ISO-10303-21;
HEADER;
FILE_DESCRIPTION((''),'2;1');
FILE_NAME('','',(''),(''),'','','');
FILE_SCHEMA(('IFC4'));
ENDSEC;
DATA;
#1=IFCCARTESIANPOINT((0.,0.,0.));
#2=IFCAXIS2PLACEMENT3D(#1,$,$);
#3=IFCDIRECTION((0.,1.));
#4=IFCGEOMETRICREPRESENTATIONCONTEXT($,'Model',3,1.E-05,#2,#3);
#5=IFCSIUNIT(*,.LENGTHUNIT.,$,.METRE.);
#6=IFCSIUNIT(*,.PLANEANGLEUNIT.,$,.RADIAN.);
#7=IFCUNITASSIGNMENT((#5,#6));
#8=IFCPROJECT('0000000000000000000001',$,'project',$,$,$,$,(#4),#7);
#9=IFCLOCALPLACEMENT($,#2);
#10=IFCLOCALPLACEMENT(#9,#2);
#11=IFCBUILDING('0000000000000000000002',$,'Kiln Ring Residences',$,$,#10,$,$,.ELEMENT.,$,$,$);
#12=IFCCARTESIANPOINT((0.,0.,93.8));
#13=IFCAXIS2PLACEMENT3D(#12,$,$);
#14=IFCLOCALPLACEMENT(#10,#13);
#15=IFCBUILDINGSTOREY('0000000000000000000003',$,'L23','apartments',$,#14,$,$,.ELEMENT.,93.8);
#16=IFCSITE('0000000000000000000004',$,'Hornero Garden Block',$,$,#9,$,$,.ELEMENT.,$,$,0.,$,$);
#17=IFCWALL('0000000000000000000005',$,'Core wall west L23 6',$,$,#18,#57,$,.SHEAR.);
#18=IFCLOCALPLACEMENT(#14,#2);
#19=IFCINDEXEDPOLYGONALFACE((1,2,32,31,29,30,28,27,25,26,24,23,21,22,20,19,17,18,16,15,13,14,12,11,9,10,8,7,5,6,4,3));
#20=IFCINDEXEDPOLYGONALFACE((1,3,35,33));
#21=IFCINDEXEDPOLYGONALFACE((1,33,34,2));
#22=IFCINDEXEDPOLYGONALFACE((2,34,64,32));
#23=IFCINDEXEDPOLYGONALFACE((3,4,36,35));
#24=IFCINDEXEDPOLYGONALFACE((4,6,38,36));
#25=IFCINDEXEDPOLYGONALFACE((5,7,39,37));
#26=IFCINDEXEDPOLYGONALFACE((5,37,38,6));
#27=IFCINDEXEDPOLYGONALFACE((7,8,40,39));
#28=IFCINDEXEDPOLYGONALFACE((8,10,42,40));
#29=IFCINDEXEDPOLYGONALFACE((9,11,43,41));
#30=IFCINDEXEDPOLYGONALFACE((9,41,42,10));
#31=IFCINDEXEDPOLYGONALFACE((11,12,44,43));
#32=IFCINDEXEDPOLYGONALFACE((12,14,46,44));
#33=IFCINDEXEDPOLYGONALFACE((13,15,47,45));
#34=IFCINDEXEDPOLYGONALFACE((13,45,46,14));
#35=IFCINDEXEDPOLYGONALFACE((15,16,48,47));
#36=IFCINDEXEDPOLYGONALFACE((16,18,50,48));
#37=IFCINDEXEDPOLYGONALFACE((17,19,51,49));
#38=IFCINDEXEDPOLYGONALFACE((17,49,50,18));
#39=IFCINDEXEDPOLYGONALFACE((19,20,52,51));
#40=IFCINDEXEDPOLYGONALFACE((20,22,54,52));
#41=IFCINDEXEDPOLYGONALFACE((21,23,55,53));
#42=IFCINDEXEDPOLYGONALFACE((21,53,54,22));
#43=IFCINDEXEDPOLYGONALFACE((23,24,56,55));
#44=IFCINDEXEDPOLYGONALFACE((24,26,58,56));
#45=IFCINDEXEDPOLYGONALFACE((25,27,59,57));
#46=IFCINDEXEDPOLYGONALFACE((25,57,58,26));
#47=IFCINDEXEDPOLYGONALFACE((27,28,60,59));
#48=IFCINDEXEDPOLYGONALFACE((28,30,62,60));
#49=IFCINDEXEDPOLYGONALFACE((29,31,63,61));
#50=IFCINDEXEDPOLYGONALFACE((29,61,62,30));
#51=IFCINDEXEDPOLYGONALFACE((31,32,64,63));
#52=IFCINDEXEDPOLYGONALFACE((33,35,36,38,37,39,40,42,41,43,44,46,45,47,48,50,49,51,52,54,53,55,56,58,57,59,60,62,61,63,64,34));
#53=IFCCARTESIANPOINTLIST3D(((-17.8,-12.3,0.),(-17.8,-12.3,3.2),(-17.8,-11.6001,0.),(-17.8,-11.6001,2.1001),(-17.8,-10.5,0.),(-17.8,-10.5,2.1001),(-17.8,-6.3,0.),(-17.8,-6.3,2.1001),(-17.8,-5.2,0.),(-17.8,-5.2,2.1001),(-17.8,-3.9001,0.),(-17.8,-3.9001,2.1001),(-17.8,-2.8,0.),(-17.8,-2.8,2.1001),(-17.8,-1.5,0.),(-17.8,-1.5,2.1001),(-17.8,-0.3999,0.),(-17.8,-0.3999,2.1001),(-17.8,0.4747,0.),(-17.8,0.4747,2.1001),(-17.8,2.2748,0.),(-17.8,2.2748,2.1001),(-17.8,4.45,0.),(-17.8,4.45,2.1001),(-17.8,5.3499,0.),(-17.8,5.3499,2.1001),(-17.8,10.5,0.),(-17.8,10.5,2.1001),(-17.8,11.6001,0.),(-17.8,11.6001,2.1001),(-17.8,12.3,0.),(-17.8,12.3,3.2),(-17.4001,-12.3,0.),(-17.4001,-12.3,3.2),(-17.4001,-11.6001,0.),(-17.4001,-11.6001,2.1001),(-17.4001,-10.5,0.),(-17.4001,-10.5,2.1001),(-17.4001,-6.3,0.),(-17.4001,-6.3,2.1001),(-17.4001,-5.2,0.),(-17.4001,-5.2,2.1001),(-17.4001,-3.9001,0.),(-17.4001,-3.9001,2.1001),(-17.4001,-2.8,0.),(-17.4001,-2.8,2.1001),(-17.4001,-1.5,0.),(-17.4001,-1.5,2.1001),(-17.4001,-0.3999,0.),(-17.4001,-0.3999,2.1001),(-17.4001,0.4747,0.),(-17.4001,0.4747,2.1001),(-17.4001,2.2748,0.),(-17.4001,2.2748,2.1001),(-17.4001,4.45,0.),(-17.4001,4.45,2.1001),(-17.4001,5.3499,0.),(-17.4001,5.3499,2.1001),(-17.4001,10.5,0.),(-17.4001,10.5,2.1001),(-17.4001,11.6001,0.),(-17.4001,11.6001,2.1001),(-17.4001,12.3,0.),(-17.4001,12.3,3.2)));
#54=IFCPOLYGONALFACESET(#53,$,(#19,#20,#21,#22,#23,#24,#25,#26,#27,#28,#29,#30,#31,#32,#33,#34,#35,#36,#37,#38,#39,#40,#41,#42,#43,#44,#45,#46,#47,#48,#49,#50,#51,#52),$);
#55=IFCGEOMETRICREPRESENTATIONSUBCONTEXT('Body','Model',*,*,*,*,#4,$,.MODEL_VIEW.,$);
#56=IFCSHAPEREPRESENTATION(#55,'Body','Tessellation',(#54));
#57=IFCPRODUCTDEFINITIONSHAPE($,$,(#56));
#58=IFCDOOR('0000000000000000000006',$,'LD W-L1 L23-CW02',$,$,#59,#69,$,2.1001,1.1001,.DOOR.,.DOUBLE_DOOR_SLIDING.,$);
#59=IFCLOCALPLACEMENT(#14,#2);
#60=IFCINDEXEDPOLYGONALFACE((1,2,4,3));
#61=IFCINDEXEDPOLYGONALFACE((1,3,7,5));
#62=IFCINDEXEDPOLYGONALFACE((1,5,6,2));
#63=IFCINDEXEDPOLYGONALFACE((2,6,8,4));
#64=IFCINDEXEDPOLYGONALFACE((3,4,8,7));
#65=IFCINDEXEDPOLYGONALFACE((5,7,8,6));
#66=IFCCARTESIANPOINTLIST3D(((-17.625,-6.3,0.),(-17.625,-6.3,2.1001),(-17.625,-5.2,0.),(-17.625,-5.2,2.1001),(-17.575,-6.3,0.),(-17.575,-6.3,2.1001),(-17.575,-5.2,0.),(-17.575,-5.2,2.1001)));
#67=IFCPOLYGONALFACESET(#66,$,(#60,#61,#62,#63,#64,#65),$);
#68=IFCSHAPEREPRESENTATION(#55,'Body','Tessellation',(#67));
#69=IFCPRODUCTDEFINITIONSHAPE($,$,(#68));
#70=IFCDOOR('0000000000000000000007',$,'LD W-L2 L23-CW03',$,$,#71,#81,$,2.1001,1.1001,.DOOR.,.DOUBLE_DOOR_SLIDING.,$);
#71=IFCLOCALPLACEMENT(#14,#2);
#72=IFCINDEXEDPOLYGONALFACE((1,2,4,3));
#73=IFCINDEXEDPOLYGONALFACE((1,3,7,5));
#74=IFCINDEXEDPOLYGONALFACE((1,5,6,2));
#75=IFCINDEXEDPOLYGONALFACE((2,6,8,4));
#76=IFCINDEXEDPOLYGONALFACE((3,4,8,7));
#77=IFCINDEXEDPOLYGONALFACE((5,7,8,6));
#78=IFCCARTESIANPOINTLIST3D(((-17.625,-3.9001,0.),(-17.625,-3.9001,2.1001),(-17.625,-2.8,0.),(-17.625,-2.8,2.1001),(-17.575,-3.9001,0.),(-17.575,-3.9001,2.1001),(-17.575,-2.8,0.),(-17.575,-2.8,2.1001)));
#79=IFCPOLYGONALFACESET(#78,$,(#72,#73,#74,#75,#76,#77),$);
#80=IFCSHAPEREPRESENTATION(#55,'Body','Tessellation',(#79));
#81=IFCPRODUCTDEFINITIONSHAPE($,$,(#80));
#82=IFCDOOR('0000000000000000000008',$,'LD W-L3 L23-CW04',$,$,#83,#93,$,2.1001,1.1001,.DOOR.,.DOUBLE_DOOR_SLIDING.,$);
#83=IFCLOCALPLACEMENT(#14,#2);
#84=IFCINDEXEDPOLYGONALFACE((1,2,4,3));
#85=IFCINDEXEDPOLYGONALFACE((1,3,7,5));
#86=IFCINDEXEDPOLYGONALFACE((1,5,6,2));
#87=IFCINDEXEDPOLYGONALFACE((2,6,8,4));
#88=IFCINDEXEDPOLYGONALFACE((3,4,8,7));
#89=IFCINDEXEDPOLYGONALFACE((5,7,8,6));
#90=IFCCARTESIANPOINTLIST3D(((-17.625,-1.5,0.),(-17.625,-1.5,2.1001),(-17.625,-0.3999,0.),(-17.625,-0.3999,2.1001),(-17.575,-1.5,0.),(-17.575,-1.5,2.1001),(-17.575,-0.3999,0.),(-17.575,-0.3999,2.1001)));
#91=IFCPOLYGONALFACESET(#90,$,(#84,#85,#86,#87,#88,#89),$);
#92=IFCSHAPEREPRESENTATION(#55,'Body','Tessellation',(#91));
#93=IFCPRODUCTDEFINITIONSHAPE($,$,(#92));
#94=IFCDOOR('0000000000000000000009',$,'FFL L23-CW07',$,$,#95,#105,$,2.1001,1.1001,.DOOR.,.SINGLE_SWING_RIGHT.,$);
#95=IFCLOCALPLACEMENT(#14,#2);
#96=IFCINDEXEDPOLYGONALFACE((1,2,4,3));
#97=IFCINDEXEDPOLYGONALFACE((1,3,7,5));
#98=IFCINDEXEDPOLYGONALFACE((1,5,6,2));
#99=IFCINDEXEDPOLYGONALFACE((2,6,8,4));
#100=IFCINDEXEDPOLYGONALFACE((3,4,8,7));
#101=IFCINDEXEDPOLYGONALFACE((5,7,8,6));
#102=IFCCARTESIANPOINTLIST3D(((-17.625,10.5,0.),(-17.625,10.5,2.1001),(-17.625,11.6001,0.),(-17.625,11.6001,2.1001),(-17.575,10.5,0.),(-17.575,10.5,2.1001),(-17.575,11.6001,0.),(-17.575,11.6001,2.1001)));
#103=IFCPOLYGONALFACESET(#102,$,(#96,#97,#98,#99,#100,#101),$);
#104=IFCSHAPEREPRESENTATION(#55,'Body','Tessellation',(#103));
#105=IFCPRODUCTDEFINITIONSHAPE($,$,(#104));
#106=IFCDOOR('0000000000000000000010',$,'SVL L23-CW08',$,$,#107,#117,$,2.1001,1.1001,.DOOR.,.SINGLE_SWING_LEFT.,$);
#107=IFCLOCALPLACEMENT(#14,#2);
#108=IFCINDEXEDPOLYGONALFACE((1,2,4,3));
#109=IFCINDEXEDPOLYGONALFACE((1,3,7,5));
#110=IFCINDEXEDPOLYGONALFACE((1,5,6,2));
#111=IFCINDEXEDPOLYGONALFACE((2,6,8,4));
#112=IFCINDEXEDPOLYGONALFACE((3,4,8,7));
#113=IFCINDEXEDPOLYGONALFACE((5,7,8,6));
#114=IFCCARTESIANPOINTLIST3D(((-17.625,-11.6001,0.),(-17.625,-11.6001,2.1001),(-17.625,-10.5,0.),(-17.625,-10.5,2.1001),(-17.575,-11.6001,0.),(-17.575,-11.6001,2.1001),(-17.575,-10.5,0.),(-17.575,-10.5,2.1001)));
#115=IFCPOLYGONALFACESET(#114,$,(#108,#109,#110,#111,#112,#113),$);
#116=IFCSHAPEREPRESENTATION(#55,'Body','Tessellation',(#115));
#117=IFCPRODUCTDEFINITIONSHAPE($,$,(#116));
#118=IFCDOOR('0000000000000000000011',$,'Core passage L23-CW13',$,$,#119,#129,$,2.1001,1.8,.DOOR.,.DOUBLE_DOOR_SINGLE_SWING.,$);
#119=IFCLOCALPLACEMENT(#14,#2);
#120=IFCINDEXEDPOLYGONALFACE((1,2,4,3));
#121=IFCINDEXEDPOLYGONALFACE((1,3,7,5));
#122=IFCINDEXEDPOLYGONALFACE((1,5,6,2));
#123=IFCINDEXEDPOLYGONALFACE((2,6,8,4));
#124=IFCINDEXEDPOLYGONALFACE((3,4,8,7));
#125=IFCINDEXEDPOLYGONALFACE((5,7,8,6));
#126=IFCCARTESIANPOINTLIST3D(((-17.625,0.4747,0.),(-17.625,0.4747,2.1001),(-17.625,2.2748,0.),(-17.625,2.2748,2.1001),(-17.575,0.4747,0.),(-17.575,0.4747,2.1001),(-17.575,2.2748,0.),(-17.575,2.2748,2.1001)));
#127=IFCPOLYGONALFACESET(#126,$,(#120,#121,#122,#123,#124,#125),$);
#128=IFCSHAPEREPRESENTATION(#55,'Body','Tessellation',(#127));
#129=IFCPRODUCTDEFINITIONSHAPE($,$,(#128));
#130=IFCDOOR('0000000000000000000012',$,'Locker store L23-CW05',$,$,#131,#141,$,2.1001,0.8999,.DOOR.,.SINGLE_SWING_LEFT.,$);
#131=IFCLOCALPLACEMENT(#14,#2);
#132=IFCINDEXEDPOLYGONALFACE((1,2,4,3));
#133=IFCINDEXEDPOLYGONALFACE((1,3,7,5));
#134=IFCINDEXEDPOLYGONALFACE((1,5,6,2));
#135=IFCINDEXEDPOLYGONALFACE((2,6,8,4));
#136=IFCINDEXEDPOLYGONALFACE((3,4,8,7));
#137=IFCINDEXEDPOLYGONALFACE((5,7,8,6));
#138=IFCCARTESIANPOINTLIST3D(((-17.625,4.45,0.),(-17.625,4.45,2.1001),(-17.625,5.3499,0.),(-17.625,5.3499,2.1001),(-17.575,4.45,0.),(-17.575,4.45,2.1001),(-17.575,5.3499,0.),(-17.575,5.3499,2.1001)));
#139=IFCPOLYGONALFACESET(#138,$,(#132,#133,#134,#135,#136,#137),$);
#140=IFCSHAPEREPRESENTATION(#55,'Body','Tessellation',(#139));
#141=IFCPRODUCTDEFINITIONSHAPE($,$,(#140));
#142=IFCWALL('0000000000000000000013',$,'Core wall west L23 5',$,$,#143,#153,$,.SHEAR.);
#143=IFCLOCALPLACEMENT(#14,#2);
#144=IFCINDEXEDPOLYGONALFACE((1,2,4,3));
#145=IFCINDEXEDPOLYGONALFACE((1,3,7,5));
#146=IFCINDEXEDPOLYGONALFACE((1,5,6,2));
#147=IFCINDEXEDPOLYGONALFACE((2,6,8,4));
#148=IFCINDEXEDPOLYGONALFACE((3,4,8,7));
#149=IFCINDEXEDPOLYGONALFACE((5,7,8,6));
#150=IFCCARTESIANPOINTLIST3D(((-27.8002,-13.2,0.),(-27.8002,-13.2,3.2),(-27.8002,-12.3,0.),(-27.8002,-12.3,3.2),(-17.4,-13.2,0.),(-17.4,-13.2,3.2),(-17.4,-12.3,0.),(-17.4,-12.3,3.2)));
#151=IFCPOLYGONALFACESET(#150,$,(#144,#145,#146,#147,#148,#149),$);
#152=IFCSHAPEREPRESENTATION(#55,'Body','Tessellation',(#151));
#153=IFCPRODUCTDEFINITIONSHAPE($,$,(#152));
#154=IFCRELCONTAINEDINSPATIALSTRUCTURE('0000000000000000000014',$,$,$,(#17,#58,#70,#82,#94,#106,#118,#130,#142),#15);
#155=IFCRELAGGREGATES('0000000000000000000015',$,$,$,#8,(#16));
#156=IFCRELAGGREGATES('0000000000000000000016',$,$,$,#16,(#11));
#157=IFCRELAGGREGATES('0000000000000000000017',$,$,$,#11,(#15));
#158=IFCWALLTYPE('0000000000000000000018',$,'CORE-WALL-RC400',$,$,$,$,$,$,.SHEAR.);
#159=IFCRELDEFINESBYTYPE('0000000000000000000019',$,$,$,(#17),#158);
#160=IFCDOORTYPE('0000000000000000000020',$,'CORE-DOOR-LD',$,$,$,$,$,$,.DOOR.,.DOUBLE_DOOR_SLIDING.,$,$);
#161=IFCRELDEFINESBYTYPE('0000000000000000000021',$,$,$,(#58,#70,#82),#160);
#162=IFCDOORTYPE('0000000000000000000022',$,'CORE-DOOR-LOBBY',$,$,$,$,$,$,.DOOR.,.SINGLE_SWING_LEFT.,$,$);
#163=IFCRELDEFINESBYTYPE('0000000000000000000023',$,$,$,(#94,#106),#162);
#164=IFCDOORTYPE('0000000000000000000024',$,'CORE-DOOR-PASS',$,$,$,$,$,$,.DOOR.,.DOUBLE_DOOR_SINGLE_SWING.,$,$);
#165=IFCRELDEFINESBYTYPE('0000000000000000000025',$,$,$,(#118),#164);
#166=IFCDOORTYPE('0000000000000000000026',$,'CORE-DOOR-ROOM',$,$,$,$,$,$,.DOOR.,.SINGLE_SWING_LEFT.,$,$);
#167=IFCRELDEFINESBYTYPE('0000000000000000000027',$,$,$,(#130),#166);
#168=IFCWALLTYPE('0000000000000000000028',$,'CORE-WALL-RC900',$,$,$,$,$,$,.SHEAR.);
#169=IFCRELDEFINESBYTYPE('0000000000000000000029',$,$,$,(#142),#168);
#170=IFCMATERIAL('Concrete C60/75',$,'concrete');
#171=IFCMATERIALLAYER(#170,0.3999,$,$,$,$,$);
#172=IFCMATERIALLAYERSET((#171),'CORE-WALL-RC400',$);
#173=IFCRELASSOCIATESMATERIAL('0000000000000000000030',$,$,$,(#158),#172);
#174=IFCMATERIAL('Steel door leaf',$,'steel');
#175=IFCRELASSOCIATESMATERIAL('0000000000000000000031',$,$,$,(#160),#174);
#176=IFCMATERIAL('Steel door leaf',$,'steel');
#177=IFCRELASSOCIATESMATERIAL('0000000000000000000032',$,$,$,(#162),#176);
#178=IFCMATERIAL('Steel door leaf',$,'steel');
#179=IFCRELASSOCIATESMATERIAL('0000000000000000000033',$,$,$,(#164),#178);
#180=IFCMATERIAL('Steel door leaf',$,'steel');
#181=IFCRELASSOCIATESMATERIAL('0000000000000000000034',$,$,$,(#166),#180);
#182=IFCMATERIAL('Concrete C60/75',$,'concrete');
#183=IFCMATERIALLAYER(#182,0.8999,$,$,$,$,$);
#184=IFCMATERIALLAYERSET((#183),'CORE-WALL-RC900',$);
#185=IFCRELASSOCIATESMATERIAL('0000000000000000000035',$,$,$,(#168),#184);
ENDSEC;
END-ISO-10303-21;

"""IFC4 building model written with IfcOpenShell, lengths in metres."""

from ifc_helpers import new_model, si_unit, direction, frame, frame_2d, origin, place, context, subcontext, project, spatial, rectangle, extrude, material, layer, layer_set, type_object, element, fill, save


model = new_model("IFC4")

# Units and contexts
model_context = context("Model", 3, precision=1e-05, world=origin(), true_north=direction((0.0, 1.0)))
body_context = subcontext(model_context, "Body", "Model", "MODEL_VIEW")
ifc_project = project(units=[si_unit("LENGTHUNIT", "METRE"), si_unit("PLANEANGLEUNIT", "RADIAN")], contexts=[model_context])

# Site, building, storey
site_placement = place(None, origin())
site = spatial("IfcSite", under=ifc_project, at=site_placement, Name="Hornero Garden Block", CompositionType="ELEMENT", RefElevation=0.0)
building_placement = place(site_placement, origin())
building = spatial("IfcBuilding", under=site, at=building_placement, Name="Kiln Ring Residences", CompositionType="ELEMENT")
storey_placement = place(building_placement, frame((0.0, 0.0, 93.8)))
storey = spatial("IfcBuildingStorey", under=building, at=storey_placement, Name="L23", Description="apartments", CompositionType="ELEMENT", Elevation=93.8)

# Wall, openings, doors
ifc_material_1 = material(Name="Concrete C60/75", Category="concrete")
ifc_layer_1 = layer(ifc_material_1, 0.3999)
ifc_layer_set_1 = layer_set([ifc_layer_1], Name="CORE-WALL-RC400")
wall_type_1 = type_object("IfcWallType", Name="CORE-WALL-RC400", PredefinedType="SHEAR", material=ifc_layer_set_1)
wall_1_placement = place(storey_placement, frame((-17.6001, -12.3, 0.0), z_axis=(0.0, 0.0, 1.0), x_axis=(0.0, 1.0, 0.0)))
wall_1 = element("IfcWall", 1, at=wall_1_placement, inside=storey, type_object=wall_type_1, Name="Core wall west L23 6", PredefinedType="SHEAR", context=body_context, shape_type="SweptSolid", body=[
    extrude(rectangle(XDim=24.6001, YDim=0.3999, at=frame_2d((12.3, 0.0))), origin(), (0.0, 0.0, 1.0), 3.2),
])
opening_1_placement = place(wall_1_placement, frame((6.0, 0.0, 0.0)))
opening_1 = element("IfcOpeningElement", 2, at=opening_1_placement, cuts=wall_1, PredefinedType="OPENING", context=body_context, shape_type="SweptSolid", body=[
    extrude(rectangle(XDim=1.1001, YDim=2.1001, at=frame_2d((0.55, 1.05))), frame((0.0, 0.21, 0.0), z_axis=(0.0, -1.0, 0.0), x_axis=(1.0, 0.0, 0.0)), (0.0, 0.0, 1.0), 0.4199),
])
opening_2_placement = place(wall_1_placement, frame((8.3999, 0.0, 0.0)))
opening_2 = element("IfcOpeningElement", 3, at=opening_2_placement, cuts=wall_1, PredefinedType="OPENING", context=body_context, shape_type="SweptSolid", body=[
    extrude(rectangle(XDim=1.1001, YDim=2.1001, at=frame_2d((0.55, 1.05))), frame((0.0, 0.21, 0.0), z_axis=(0.0, -1.0, 0.0), x_axis=(1.0, 0.0, 0.0)), (0.0, 0.0, 1.0), 0.4199),
])
opening_3_placement = place(wall_1_placement, frame((10.8, 0.0, 0.0)))
opening_3 = element("IfcOpeningElement", 4, at=opening_3_placement, cuts=wall_1, PredefinedType="OPENING", context=body_context, shape_type="SweptSolid", body=[
    extrude(rectangle(XDim=1.1001, YDim=2.1001, at=frame_2d((0.55, 1.05))), frame((0.0, 0.21, 0.0), z_axis=(0.0, -1.0, 0.0), x_axis=(1.0, 0.0, 0.0)), (0.0, 0.0, 1.0), 0.4199),
])
opening_4_placement = place(wall_1_placement, frame((16.75, 0.0, 0.0)))
opening_4 = element("IfcOpeningElement", 5, at=opening_4_placement, cuts=wall_1, PredefinedType="OPENING", context=body_context, shape_type="SweptSolid", body=[
    extrude(rectangle(XDim=0.8999, YDim=2.1001, at=frame_2d((0.45, 1.05))), frame((0.0, 0.21, 0.0), z_axis=(0.0, -1.0, 0.0), x_axis=(1.0, 0.0, 0.0)), (0.0, 0.0, 1.0), 0.4199),
])
opening_5_placement = place(wall_1_placement, frame((22.8, 0.0, 0.0)))
opening_5 = element("IfcOpeningElement", 6, at=opening_5_placement, cuts=wall_1, PredefinedType="OPENING", context=body_context, shape_type="SweptSolid", body=[
    extrude(rectangle(XDim=1.1001, YDim=2.1001, at=frame_2d((0.55, 1.05))), frame((0.0, 0.21, 0.0), z_axis=(0.0, -1.0, 0.0), x_axis=(1.0, 0.0, 0.0)), (0.0, 0.0, 1.0), 0.4199),
])
opening_6_placement = place(wall_1_placement, frame((0.7, 0.0, 0.0)))
opening_6 = element("IfcOpeningElement", 7, at=opening_6_placement, cuts=wall_1, PredefinedType="OPENING", context=body_context, shape_type="SweptSolid", body=[
    extrude(rectangle(XDim=1.1001, YDim=2.1001, at=frame_2d((0.55, 1.05))), frame((0.0, 0.21, 0.0), z_axis=(0.0, -1.0, 0.0), x_axis=(1.0, 0.0, 0.0)), (0.0, 0.0, 1.0), 0.4199),
])
opening_7_placement = place(wall_1_placement, frame((12.7749, 0.0, 0.0)))
opening_7 = element("IfcOpeningElement", 8, at=opening_7_placement, cuts=wall_1, PredefinedType="OPENING", context=body_context, shape_type="SweptSolid", body=[
    extrude(rectangle(XDim=1.8, YDim=2.1001, at=frame_2d((0.8999, 1.05))), frame((0.0, 0.21, 0.0), z_axis=(0.0, -1.0, 0.0), x_axis=(1.0, 0.0, 0.0)), (0.0, 0.0, 1.0), 0.4199),
])
ifc_material_2 = material(Name="Steel door leaf", Category="steel")
door_type_1 = type_object("IfcDoorType", Name="CORE-DOOR-LD", OperationType="DOUBLE_DOOR_SLIDING", PredefinedType="DOOR", material=ifc_material_2)
door_1_placement = place(opening_1_placement, origin())
door_1 = element("IfcDoor", 9, at=door_1_placement, inside=storey, type_object=door_type_1, Name="LD W-L1 L23-CW02", OperationType="DOUBLE_DOOR_SLIDING", OverallHeight=2.1001, OverallWidth=1.1001, PredefinedType="DOOR", context=body_context, shape_type="SweptSolid", body=[
    extrude(rectangle(XDim=1.1001, YDim=2.1001, at=frame_2d((0.55, 1.05))), frame((0.0, 0.0249, 0.0), z_axis=(0.0, -1.0, 0.0), x_axis=(1.0, 0.0, 0.0)), (0.0, 0.0, 1.0), 0.05),
])
fill(opening_1, door_1)
door_2_placement = place(opening_2_placement, origin())
door_2 = element("IfcDoor", 10, at=door_2_placement, inside=storey, type_object=door_type_1, Name="LD W-L2 L23-CW03", OperationType="DOUBLE_DOOR_SLIDING", OverallHeight=2.1001, OverallWidth=1.1001, PredefinedType="DOOR", context=body_context, shape_type="SweptSolid", body=[
    extrude(rectangle(XDim=1.1001, YDim=2.1001, at=frame_2d((0.55, 1.05))), frame((0.0, 0.0249, 0.0), z_axis=(0.0, -1.0, 0.0), x_axis=(1.0, 0.0, 0.0)), (0.0, 0.0, 1.0), 0.05),
])
fill(opening_2, door_2)
door_3_placement = place(opening_3_placement, origin())
door_3 = element("IfcDoor", 11, at=door_3_placement, inside=storey, type_object=door_type_1, Name="LD W-L3 L23-CW04", OperationType="DOUBLE_DOOR_SLIDING", OverallHeight=2.1001, OverallWidth=1.1001, PredefinedType="DOOR", context=body_context, shape_type="SweptSolid", body=[
    extrude(rectangle(XDim=1.1001, YDim=2.1001, at=frame_2d((0.55, 1.05))), frame((0.0, 0.0249, 0.0), z_axis=(0.0, -1.0, 0.0), x_axis=(1.0, 0.0, 0.0)), (0.0, 0.0, 1.0), 0.05),
])
fill(opening_3, door_3)
ifc_material_3 = material(Name="Steel door leaf", Category="steel")
door_type_2 = type_object("IfcDoorType", Name="CORE-DOOR-LOBBY", OperationType="SINGLE_SWING_LEFT", PredefinedType="DOOR", material=ifc_material_3)
door_4_placement = place(opening_5_placement, origin())
door_4 = element("IfcDoor", 12, at=door_4_placement, inside=storey, type_object=door_type_2, Name="FFL L23-CW07", OperationType="SINGLE_SWING_RIGHT", OverallHeight=2.1001, OverallWidth=1.1001, PredefinedType="DOOR", context=body_context, shape_type="SweptSolid", body=[
    extrude(rectangle(XDim=1.1001, YDim=2.1001, at=frame_2d((0.55, 1.05))), frame((0.0, 0.0249, 0.0), z_axis=(0.0, -1.0, 0.0), x_axis=(1.0, 0.0, 0.0)), (0.0, 0.0, 1.0), 0.05),
])
fill(opening_5, door_4)
door_5_placement = place(opening_6_placement, origin())
door_5 = element("IfcDoor", 13, at=door_5_placement, inside=storey, type_object=door_type_2, Name="SVL L23-CW08", OperationType="SINGLE_SWING_LEFT", OverallHeight=2.1001, OverallWidth=1.1001, PredefinedType="DOOR", context=body_context, shape_type="SweptSolid", body=[
    extrude(rectangle(XDim=1.1001, YDim=2.1001, at=frame_2d((0.55, 1.05))), frame((0.0, 0.0249, 0.0), z_axis=(0.0, -1.0, 0.0), x_axis=(1.0, 0.0, 0.0)), (0.0, 0.0, 1.0), 0.05),
])
fill(opening_6, door_5)
ifc_material_4 = material(Name="Steel door leaf", Category="steel")
door_type_3 = type_object("IfcDoorType", Name="CORE-DOOR-PASS", OperationType="DOUBLE_DOOR_SINGLE_SWING", PredefinedType="DOOR", material=ifc_material_4)
door_6_placement = place(opening_7_placement, origin())
door_6 = element("IfcDoor", 14, at=door_6_placement, inside=storey, type_object=door_type_3, Name="Core passage L23-CW13", OperationType="DOUBLE_DOOR_SINGLE_SWING", OverallHeight=2.1001, OverallWidth=1.8, PredefinedType="DOOR", context=body_context, shape_type="SweptSolid", body=[
    extrude(rectangle(XDim=1.8, YDim=2.1001, at=frame_2d((0.8999, 1.05))), frame((0.0, 0.0249, 0.0), z_axis=(0.0, -1.0, 0.0), x_axis=(1.0, 0.0, 0.0)), (0.0, 0.0, 1.0), 0.05),
])
fill(opening_7, door_6)
ifc_material_5 = material(Name="Steel door leaf", Category="steel")
door_type_4 = type_object("IfcDoorType", Name="CORE-DOOR-ROOM", OperationType="SINGLE_SWING_LEFT", PredefinedType="DOOR", material=ifc_material_5)
door_7_placement = place(opening_4_placement, origin())
door_7 = element("IfcDoor", 15, at=door_7_placement, inside=storey, type_object=door_type_4, Name="Locker store L23-CW05", OperationType="SINGLE_SWING_LEFT", OverallHeight=2.1001, OverallWidth=0.8999, PredefinedType="DOOR", context=body_context, shape_type="SweptSolid", body=[
    extrude(rectangle(XDim=0.8999, YDim=2.1001, at=frame_2d((0.45, 1.05))), frame((0.0, 0.0249, 0.0), z_axis=(0.0, -1.0, 0.0), x_axis=(1.0, 0.0, 0.0)), (0.0, 0.0, 1.0), 0.05),
])
fill(opening_4, door_7)

# Wall
ifc_material_6 = material(Name="Concrete C60/75", Category="concrete")
ifc_layer_2 = layer(ifc_material_6, 0.8999)
ifc_layer_set_2 = layer_set([ifc_layer_2], Name="CORE-WALL-RC900")
wall_type_2 = type_object("IfcWallType", Name="CORE-WALL-RC900", PredefinedType="SHEAR", material=ifc_layer_set_2)
wall_2_placement = place(storey_placement, frame((-17.3999, -12.75, 0.0), z_axis=(0.0, 0.0, 1.0), x_axis=(-1.0, 0.0, 0.0)))
element("IfcWall", 16, at=wall_2_placement, inside=storey, type_object=wall_type_2, Name="Core wall west L23 5", PredefinedType="SHEAR", context=body_context, shape_type="SweptSolid", body=[
    extrude(rectangle(XDim=10.4001, YDim=0.8999, at=frame_2d((5.2002, 0.0))), origin(), (0.0, 0.0, 1.0), 3.2),
])

save(model, "model.ifc")
